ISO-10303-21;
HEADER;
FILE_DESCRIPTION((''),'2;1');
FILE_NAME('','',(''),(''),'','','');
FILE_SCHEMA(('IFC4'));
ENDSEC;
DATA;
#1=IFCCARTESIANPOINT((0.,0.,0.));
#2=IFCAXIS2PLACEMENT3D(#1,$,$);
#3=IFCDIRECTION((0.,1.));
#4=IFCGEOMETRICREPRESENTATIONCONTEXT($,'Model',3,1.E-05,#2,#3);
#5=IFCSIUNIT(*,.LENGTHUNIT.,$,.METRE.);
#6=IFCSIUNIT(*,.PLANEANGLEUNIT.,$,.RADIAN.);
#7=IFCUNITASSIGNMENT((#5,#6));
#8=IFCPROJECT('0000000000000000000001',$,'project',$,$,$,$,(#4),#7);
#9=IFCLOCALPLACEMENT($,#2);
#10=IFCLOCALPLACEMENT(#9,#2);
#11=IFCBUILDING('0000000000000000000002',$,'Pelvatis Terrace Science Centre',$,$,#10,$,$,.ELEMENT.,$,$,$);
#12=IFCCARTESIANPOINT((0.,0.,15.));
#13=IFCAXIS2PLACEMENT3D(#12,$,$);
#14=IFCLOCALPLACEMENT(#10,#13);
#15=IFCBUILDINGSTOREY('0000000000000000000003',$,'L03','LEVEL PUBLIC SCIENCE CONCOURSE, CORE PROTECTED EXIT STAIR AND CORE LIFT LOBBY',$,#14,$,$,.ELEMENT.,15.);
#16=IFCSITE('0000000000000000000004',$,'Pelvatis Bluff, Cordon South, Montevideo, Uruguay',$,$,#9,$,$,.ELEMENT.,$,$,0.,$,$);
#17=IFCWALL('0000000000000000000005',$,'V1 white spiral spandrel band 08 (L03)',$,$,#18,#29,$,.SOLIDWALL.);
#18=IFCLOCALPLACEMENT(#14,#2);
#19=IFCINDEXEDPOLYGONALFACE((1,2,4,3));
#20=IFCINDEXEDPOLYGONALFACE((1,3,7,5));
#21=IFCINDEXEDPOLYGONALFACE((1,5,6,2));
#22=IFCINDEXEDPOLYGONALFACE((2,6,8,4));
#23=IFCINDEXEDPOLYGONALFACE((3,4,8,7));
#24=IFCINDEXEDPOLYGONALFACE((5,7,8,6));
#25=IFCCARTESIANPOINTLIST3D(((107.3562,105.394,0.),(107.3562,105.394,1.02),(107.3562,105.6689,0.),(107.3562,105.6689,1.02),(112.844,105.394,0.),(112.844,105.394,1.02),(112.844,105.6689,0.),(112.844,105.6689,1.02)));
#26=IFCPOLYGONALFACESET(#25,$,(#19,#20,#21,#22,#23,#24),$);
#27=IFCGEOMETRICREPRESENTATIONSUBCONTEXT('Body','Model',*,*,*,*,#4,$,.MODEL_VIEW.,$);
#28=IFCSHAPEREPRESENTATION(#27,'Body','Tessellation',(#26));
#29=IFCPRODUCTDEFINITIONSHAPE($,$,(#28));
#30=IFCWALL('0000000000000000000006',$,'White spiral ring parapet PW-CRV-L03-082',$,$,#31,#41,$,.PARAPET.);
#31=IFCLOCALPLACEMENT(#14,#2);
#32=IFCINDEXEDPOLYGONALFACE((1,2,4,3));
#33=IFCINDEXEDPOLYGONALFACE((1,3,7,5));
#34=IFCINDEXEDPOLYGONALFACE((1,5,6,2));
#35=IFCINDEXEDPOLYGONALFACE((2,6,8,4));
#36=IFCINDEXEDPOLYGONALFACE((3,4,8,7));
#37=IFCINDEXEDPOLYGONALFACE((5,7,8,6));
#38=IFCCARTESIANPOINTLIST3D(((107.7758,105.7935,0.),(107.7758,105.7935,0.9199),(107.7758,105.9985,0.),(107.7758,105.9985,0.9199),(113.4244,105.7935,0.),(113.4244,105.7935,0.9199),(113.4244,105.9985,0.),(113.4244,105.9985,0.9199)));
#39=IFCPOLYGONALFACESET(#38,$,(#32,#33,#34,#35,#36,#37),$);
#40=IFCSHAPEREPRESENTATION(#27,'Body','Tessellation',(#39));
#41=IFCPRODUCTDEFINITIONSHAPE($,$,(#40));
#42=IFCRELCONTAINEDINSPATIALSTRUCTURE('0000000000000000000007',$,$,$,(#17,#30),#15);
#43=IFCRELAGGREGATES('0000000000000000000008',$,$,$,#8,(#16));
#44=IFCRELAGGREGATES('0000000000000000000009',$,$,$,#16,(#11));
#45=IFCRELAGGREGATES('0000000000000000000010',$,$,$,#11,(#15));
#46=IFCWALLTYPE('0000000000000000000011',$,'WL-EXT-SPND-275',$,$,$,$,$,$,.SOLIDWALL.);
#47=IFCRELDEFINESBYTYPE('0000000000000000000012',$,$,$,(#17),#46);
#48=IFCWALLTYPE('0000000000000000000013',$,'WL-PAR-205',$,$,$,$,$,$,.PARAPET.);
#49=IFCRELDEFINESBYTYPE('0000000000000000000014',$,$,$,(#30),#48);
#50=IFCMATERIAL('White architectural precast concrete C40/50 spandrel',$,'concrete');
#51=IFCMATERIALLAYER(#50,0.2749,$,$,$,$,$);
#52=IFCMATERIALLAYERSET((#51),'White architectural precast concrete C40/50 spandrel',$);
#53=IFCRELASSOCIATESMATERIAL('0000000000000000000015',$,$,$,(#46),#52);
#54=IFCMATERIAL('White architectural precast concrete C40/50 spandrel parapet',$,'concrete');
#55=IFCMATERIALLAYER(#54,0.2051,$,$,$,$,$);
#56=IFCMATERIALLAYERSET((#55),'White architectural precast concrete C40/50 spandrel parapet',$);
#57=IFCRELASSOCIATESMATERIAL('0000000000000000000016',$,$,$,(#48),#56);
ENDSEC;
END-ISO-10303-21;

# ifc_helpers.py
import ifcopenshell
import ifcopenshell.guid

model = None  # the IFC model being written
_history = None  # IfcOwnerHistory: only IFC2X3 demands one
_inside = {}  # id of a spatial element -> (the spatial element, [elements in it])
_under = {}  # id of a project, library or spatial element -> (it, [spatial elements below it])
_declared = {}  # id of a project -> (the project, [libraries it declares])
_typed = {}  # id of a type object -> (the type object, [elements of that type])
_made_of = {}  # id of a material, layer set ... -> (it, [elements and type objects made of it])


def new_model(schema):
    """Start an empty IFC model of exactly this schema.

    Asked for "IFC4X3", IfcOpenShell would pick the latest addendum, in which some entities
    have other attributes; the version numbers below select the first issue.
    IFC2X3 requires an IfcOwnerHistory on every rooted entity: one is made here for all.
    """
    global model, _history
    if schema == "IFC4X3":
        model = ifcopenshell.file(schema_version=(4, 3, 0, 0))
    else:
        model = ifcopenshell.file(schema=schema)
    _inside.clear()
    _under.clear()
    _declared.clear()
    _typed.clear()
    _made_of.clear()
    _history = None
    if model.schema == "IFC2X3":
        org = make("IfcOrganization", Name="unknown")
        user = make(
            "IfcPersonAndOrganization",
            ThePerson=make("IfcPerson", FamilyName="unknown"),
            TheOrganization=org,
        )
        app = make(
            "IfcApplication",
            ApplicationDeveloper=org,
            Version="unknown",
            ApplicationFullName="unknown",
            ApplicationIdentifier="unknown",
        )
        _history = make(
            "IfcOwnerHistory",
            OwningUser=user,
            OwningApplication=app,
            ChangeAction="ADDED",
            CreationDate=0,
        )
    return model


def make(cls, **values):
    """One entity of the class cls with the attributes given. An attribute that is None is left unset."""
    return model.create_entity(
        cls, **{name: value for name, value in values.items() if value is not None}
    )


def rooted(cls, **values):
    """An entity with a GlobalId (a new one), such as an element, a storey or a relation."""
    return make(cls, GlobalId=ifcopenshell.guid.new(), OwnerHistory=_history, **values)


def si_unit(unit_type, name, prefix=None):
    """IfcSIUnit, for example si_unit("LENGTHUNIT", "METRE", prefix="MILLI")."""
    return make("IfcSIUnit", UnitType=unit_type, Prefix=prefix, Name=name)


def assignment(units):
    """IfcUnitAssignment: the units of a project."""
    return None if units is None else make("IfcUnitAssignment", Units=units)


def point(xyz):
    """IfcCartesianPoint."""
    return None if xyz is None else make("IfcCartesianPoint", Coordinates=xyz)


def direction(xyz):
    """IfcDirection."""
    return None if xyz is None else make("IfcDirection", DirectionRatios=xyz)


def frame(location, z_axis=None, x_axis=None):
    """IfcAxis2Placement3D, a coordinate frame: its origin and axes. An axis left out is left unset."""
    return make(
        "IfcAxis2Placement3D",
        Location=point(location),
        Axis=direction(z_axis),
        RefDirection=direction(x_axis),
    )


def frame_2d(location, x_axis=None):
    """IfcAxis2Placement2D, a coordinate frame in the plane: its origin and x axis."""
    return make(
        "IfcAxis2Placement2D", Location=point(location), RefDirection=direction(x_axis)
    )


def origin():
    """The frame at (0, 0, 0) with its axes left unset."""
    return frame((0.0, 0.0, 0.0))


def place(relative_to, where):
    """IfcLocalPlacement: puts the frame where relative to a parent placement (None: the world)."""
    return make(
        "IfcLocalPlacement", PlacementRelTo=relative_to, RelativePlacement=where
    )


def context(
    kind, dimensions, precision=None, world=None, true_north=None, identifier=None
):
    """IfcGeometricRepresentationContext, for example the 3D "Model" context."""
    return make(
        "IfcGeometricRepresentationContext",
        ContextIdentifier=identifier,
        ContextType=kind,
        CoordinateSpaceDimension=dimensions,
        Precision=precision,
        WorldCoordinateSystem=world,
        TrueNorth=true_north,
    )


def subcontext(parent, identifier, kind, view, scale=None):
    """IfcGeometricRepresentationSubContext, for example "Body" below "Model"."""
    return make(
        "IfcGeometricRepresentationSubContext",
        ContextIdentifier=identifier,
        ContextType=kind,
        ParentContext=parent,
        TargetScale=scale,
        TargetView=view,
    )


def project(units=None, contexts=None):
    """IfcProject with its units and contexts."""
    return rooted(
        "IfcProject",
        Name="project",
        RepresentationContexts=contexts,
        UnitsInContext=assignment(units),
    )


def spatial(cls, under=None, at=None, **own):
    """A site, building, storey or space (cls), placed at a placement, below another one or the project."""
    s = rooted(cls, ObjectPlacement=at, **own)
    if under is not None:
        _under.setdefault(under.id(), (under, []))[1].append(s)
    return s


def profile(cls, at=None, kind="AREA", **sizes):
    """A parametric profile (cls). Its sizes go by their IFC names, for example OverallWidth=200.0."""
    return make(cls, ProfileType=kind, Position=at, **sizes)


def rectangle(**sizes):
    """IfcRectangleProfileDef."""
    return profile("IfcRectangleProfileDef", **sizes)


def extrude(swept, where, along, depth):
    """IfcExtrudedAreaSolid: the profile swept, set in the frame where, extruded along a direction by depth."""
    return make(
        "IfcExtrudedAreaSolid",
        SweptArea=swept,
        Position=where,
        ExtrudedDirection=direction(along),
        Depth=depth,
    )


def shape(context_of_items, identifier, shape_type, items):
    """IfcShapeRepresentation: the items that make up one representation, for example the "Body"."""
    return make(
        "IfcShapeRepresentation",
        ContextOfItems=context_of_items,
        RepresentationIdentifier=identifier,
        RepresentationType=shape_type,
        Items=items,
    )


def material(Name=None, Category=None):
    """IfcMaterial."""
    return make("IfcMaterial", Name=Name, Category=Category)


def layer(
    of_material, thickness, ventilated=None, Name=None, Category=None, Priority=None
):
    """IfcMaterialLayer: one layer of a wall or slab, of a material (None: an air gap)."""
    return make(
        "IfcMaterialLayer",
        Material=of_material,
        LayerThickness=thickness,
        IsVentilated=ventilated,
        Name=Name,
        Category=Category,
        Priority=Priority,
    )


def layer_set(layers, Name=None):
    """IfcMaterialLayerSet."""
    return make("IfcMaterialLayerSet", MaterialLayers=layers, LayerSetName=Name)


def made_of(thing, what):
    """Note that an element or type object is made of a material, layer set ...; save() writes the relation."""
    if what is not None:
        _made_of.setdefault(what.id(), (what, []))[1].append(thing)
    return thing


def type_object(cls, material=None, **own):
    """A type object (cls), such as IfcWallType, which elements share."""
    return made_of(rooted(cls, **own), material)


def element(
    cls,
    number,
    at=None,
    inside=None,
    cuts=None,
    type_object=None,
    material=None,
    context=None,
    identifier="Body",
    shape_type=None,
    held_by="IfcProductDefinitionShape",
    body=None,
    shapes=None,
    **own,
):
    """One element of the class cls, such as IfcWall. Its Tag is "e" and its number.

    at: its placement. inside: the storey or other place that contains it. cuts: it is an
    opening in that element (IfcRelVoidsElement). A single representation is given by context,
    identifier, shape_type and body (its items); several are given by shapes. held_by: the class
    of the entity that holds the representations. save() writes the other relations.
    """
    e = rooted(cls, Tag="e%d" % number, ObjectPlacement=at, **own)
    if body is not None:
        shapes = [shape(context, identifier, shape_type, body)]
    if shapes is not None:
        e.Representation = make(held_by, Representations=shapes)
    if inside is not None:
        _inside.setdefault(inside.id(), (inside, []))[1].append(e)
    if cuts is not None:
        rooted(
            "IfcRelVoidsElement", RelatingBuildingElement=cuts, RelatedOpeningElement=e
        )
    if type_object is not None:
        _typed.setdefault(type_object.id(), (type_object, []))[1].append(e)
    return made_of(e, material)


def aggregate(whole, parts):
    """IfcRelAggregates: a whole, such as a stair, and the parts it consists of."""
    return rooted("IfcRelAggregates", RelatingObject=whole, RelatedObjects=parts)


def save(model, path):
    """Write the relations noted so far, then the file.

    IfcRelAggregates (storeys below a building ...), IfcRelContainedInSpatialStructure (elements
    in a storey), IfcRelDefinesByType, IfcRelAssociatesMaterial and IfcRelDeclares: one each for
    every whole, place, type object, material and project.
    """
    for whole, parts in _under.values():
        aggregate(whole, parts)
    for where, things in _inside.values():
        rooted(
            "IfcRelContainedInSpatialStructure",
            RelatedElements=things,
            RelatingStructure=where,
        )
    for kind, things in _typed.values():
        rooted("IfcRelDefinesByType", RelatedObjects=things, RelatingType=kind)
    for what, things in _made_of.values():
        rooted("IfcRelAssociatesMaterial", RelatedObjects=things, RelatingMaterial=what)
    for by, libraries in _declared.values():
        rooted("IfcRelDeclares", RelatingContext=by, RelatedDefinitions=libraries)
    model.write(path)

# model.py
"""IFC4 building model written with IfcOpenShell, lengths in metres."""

from ifc_helpers import new_model, si_unit, direction, frame, frame_2d, origin, place, context, subcontext, project, spatial, rectangle, extrude, material, layer, layer_set, type_object, element, save


model = new_model("IFC4")

# Units and contexts
model_context = context("Model", 3, precision=1e-05, world=origin(), true_north=direction((0.0, 1.0)))
body_context = subcontext(model_context, "Body", "Model", "MODEL_VIEW")
ifc_project = project(units=[si_unit("LENGTHUNIT", "METRE"), si_unit("PLANEANGLEUNIT", "RADIAN")], contexts=[model_context])

# Site, building, storey
site_placement = place(None, origin())
site = spatial("IfcSite", under=ifc_project, at=site_placement, Name="Pelvatis Bluff, Cordon South, Montevideo, Uruguay", CompositionType="ELEMENT", RefElevation=0.0)
building_placement = place(site_placement, origin())
building = spatial("IfcBuilding", under=site, at=building_placement, Name="Pelvatis Terrace Science Centre", CompositionType="ELEMENT")
storey_placement = place(building_placement, frame((0.0, 0.0, 15.0)))
storey = spatial("IfcBuildingStorey", under=building, at=storey_placement, Name="L03", Description="LEVEL PUBLIC SCIENCE CONCOURSE, CORE PROTECTED EXIT STAIR AND CORE LIFT LOBBY", CompositionType="ELEMENT", Elevation=15.0)

# Walls
ifc_material_1 = material(Name="White architectural precast concrete C40/50 spandrel", Category="concrete")
ifc_layer_1 = layer(ifc_material_1, 0.2749)
ifc_layer_set_1 = layer_set([ifc_layer_1], Name="White architectural precast concrete C40/50 spandrel")
wall_type_1 = type_object("IfcWallType", Name="WL-EXT-SPND-275", PredefinedType="SOLIDWALL", material=ifc_layer_set_1)
wall_1_placement = place(storey_placement, frame((112.844, 105.5315, 0.0), z_axis=(0.0, 0.0, 1.0), x_axis=(-1.0, 0.0, 0.0)))
element("IfcWall", 1, at=wall_1_placement, inside=storey, type_object=wall_type_1, Name="V1 white spiral spandrel band 08 (L03)", PredefinedType="SOLIDWALL", context=body_context, shape_type="SweptSolid", body=[
    extrude(rectangle(XDim=5.4878, YDim=0.2749, at=frame_2d((2.7439, 0.0))), origin(), (0.0, 0.0, 1.0), 1.02),
])
ifc_material_2 = material(Name="White architectural precast concrete C40/50 spandrel parapet", Category="concrete")
ifc_layer_2 = layer(ifc_material_2, 0.2051)
ifc_layer_set_2 = layer_set([ifc_layer_2], Name="White architectural precast concrete C40/50 spandrel parapet")
wall_type_2 = type_object("IfcWallType", Name="WL-PAR-205", PredefinedType="PARAPET", material=ifc_layer_set_2)
wall_2_placement = place(storey_placement, frame((113.4243, 105.896, 0.0), z_axis=(0.0, 0.0, 1.0), x_axis=(-1.0, 0.0, 0.0)))
element("IfcWall", 2, at=wall_2_placement, inside=storey, type_object=wall_type_2, Name="White spiral ring parapet PW-CRV-L03-082", PredefinedType="PARAPET", context=body_context, shape_type="SweptSolid", body=[
    extrude(rectangle(XDim=5.6487, YDim=0.2051, at=frame_2d((2.8242, 0.0))), origin(), (0.0, 0.0, 1.0), 0.9199),
])

save(model, "model.ifc")
